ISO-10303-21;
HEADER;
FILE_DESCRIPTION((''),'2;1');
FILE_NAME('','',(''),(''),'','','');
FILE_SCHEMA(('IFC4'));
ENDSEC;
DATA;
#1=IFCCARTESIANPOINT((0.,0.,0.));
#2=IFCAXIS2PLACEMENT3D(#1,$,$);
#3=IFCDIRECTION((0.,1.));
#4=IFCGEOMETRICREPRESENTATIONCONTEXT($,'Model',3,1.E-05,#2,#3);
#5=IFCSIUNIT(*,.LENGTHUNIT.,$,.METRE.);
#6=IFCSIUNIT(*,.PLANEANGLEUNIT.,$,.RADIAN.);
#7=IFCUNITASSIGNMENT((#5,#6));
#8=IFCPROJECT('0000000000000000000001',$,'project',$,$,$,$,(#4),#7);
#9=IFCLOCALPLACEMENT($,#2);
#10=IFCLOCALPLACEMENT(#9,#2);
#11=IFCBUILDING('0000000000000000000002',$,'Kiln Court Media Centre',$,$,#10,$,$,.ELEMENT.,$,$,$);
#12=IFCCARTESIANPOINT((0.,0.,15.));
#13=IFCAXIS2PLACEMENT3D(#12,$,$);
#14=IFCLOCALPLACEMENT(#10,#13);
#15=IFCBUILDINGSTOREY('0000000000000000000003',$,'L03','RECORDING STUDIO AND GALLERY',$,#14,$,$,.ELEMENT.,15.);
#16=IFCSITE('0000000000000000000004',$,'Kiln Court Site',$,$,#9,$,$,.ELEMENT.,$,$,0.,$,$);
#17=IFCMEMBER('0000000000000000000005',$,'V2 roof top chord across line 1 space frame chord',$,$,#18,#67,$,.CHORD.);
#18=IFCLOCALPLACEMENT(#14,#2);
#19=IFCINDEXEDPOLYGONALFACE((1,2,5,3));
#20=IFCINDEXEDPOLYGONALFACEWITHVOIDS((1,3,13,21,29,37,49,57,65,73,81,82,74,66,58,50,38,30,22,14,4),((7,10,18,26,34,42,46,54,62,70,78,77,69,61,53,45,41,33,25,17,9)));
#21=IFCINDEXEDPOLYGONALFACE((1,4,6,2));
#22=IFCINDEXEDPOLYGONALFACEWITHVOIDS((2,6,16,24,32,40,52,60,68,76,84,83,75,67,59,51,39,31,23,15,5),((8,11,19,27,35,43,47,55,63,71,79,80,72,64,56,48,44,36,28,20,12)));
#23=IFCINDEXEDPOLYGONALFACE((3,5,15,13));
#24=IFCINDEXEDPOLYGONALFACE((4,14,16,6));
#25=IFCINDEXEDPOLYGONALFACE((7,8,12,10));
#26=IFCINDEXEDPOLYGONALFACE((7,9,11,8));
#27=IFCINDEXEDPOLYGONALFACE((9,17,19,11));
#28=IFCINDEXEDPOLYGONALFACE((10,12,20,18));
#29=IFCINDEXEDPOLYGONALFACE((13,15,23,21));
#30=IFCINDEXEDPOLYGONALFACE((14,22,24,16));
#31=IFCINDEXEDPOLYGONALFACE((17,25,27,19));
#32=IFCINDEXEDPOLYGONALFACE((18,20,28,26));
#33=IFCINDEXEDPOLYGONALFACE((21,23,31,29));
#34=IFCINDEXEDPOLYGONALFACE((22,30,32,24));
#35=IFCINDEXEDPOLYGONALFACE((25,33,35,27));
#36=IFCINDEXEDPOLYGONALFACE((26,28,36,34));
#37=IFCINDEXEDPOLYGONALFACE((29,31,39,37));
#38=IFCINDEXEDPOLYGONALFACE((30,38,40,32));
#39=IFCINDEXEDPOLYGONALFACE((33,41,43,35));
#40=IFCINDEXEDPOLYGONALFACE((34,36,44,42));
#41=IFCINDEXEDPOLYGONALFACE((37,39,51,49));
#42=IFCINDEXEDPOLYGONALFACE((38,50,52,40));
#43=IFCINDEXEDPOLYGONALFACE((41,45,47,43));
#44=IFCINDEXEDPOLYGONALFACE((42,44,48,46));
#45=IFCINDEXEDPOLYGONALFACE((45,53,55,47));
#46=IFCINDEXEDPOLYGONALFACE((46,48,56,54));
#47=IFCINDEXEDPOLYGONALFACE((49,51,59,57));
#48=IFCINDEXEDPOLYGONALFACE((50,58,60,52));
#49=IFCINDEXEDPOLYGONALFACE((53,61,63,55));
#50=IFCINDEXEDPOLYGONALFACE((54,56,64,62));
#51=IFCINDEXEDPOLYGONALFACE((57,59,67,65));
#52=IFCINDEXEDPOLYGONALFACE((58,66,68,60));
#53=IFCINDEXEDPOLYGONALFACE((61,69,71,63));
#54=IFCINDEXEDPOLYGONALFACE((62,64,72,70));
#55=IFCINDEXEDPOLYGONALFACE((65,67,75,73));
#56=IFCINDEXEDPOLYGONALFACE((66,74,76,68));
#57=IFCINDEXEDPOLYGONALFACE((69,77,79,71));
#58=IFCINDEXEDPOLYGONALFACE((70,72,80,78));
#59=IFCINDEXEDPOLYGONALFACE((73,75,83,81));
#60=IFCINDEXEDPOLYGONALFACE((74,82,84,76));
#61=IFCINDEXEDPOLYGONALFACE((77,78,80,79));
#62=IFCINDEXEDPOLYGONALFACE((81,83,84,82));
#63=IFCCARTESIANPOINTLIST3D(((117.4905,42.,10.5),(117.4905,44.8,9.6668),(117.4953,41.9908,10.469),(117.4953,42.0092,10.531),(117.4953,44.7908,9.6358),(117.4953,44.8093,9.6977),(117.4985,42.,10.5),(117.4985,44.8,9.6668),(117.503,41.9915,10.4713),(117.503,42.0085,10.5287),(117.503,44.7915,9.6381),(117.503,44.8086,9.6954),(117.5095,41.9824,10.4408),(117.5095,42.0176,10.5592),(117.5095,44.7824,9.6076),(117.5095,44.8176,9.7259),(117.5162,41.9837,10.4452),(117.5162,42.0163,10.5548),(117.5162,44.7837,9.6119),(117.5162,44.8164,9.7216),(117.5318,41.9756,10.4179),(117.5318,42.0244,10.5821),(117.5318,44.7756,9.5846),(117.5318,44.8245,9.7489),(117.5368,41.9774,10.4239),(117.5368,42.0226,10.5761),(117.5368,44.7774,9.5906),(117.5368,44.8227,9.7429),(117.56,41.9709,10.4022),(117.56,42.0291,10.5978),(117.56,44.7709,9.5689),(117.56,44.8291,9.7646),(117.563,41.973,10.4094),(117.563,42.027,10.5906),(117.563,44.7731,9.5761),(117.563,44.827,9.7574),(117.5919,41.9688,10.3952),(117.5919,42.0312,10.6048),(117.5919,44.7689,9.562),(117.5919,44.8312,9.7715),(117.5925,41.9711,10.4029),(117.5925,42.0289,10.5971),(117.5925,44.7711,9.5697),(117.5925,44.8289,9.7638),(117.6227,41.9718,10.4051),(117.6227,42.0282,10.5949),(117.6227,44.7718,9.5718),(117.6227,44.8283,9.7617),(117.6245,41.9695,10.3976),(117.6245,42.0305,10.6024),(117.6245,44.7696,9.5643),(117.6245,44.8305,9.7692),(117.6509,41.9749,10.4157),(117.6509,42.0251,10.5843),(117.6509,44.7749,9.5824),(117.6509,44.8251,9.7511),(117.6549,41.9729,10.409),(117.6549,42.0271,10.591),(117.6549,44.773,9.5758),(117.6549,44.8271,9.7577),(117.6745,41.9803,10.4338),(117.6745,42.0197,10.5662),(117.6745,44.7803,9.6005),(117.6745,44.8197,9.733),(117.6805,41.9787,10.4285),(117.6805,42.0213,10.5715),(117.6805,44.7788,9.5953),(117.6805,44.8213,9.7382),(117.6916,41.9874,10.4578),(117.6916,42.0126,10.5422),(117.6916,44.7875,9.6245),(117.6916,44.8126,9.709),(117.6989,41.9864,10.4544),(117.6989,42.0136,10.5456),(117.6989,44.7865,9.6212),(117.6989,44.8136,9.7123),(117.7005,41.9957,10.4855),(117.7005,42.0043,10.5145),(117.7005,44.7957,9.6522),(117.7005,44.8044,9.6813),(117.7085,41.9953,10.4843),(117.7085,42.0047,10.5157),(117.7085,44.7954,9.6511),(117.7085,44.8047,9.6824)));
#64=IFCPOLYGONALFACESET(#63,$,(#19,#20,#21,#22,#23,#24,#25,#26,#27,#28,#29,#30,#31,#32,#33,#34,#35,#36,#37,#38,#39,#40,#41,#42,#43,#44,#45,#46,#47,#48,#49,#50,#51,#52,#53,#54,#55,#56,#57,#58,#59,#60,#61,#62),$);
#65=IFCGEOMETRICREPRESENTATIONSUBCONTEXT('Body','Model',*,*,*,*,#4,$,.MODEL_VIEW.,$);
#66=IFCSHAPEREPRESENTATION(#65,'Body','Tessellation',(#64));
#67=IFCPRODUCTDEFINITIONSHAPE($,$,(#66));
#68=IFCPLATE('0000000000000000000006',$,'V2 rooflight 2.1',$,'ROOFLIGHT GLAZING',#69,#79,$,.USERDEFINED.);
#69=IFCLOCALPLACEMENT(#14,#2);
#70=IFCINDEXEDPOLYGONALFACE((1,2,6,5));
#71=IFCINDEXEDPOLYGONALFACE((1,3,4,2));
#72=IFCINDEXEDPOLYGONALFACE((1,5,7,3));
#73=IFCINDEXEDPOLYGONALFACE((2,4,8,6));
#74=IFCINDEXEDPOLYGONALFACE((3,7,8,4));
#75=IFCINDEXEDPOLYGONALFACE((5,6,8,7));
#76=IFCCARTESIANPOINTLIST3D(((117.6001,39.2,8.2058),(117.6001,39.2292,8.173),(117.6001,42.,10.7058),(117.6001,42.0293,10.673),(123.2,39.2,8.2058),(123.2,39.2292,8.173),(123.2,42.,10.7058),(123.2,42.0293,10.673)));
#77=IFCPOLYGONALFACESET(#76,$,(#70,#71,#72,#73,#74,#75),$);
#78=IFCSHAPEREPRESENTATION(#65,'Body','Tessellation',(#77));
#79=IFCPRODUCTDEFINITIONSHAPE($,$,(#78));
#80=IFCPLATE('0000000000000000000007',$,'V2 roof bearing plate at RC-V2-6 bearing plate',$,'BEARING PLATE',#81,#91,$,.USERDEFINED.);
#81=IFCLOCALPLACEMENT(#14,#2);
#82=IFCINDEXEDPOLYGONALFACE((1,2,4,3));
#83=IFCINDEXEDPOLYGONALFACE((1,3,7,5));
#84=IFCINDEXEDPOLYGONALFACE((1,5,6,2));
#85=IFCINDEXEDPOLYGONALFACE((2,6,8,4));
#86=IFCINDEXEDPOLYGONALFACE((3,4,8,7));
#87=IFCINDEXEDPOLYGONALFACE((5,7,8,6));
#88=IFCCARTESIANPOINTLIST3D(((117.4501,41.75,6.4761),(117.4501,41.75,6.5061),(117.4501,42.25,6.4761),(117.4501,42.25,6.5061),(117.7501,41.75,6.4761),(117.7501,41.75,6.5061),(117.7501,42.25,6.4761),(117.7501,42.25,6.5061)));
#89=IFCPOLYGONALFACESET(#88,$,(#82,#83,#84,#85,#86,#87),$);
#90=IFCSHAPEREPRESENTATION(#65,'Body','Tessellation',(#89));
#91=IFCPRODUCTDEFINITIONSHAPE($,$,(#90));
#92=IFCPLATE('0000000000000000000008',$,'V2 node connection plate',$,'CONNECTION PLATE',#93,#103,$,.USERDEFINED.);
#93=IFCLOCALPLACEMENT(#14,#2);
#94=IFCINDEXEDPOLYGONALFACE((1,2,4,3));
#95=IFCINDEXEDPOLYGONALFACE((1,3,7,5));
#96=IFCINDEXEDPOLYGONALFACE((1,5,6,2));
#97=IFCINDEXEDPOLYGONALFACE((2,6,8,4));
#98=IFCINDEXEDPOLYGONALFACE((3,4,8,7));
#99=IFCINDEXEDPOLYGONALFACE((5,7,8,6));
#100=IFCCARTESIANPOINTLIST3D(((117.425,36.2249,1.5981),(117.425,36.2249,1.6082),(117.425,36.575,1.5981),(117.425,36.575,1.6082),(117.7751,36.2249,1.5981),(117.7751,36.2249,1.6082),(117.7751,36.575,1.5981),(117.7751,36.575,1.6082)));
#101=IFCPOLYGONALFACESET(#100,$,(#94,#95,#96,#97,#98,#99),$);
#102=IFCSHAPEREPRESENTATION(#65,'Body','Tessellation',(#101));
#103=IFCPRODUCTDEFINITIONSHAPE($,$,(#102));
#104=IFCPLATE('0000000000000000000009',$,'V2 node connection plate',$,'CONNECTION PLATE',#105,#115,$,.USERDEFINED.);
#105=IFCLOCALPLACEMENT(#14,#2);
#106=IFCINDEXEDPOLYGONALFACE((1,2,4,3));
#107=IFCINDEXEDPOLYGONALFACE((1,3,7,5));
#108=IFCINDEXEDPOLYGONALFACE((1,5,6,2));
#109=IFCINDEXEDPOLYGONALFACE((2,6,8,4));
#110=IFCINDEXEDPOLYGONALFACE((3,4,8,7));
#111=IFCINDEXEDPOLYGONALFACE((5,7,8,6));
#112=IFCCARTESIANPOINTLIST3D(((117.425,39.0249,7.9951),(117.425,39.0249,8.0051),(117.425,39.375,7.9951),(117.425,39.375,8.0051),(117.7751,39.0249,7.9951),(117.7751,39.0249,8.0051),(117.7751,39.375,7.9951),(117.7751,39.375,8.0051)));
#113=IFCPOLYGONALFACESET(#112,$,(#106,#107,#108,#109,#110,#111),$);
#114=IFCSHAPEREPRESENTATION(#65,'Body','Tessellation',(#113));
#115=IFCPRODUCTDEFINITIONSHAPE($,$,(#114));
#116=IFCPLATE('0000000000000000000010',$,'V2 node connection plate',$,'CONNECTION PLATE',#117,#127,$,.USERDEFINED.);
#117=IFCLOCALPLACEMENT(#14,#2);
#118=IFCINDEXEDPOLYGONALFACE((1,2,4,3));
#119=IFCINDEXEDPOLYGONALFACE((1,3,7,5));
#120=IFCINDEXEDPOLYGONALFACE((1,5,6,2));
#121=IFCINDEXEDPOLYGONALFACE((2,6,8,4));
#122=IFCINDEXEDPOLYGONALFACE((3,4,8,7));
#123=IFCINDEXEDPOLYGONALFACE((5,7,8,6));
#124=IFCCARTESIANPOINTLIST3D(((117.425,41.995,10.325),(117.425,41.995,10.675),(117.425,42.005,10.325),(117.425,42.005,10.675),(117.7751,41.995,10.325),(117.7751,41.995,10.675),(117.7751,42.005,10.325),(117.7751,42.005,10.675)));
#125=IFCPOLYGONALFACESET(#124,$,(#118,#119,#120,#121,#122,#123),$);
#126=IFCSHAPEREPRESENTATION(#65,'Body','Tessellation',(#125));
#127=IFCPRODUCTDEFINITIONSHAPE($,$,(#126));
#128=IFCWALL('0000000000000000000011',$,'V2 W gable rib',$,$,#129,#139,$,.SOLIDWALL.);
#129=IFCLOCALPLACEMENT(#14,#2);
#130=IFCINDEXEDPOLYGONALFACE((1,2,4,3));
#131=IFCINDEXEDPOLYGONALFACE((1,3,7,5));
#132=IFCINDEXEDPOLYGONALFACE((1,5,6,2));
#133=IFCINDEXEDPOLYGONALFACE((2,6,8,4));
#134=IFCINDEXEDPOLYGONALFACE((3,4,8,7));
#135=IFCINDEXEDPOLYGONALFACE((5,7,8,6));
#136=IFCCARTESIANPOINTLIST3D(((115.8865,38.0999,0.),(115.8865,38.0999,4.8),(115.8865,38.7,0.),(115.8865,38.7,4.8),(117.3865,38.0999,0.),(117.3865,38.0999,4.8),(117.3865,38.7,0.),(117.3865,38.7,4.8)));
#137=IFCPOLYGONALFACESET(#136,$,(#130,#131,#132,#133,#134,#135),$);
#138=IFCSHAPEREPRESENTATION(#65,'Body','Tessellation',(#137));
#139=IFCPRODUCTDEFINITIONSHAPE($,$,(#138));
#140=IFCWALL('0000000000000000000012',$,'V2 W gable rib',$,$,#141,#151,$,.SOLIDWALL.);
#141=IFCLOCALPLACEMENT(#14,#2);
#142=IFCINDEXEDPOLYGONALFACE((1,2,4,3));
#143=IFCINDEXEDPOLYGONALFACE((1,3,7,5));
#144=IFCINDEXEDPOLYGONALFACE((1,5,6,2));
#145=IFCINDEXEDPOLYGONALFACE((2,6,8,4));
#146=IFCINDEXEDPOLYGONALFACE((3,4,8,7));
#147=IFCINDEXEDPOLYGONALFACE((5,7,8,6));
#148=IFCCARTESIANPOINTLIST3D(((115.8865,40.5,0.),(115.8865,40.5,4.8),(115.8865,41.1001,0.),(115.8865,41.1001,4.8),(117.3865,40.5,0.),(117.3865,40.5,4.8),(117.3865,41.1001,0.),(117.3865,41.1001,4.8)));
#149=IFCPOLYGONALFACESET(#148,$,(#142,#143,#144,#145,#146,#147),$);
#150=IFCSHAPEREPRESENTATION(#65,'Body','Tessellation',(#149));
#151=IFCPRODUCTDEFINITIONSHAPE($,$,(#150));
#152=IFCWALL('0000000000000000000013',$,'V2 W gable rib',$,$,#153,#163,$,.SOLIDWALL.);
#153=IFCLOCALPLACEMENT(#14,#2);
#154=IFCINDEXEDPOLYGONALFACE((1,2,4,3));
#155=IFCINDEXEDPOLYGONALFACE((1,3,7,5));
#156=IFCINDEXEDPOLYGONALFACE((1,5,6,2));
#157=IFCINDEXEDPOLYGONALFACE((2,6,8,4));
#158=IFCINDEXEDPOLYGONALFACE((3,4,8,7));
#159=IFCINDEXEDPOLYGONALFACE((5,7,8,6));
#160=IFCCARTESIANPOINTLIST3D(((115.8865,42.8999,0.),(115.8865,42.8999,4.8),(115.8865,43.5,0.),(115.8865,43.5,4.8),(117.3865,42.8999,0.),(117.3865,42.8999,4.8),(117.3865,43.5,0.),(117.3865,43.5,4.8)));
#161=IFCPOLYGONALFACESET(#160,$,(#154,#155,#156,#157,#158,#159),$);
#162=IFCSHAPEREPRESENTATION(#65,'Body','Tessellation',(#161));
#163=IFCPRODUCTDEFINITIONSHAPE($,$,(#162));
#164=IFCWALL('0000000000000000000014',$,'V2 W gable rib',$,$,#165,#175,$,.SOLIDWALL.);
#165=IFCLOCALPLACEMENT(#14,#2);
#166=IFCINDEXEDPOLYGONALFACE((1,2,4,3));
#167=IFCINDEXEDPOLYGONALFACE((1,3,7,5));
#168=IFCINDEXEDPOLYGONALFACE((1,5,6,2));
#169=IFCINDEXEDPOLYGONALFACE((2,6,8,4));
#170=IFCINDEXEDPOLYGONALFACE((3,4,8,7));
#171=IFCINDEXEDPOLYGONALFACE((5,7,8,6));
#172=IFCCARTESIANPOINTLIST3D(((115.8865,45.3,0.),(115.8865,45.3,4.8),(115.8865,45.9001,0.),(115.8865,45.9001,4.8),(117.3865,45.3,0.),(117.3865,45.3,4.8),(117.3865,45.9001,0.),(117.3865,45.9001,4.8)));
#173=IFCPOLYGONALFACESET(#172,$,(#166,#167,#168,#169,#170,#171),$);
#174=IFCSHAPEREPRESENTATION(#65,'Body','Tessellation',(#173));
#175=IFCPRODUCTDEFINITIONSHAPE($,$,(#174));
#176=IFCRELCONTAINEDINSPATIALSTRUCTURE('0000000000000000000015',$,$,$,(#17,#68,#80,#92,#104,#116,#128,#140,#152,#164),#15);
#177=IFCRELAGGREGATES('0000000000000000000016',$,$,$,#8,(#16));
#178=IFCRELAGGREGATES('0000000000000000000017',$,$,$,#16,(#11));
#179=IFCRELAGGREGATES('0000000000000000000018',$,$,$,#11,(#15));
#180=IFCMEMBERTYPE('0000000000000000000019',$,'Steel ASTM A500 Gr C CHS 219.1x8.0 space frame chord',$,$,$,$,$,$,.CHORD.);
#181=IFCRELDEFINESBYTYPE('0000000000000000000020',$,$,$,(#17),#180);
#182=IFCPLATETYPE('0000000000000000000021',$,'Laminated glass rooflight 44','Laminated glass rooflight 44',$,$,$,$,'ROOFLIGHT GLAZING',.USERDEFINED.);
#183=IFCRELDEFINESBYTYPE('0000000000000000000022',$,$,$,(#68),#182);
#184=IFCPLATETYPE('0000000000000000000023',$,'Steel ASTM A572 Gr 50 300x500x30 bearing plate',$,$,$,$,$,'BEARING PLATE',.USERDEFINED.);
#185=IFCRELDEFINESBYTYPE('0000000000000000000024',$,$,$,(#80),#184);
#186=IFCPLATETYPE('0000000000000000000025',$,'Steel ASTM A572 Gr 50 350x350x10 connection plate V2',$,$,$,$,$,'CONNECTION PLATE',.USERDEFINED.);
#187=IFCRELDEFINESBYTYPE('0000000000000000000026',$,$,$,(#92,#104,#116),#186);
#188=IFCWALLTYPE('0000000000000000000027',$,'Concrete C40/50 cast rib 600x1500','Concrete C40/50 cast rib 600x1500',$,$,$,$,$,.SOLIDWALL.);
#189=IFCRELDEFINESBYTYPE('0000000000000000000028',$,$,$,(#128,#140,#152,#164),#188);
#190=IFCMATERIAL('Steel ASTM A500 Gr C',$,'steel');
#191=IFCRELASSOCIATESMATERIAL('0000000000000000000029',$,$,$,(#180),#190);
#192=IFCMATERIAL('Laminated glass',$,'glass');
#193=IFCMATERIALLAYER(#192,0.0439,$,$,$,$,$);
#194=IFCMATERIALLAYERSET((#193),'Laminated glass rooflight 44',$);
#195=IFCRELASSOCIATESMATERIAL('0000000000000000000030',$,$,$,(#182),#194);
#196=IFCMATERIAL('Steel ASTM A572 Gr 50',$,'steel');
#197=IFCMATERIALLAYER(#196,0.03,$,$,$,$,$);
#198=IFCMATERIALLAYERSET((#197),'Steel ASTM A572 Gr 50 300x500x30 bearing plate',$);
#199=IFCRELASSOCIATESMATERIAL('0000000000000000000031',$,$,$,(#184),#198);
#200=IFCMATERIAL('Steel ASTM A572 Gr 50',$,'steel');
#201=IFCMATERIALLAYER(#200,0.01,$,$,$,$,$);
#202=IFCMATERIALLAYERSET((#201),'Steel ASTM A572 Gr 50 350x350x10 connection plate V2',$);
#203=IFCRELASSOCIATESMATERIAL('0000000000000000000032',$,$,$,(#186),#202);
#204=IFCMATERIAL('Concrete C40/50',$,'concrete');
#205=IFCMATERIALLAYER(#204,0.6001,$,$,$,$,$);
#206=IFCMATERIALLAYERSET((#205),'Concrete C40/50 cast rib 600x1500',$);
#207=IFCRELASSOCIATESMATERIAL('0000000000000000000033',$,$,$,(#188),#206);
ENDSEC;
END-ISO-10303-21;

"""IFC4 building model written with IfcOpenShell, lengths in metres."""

from ifc_helpers import new_model, si_unit, direction, frame, frame_2d, origin, origin_2d, place, context, subcontext, project, spatial, polyline, rectangle, hollow_circle, outline, extrude, material, layer, layer_set, material_profile, profile_set, type_object, element, save


model = new_model("IFC4")

# Units and contexts
model_context = context("Model", 3, precision=1e-05, world=origin(), true_north=direction((0.0, 1.0)))
body_context = subcontext(model_context, "Body", "Model", "MODEL_VIEW")
ifc_project = project(units=[si_unit("LENGTHUNIT", "METRE"), si_unit("PLANEANGLEUNIT", "RADIAN")], contexts=[model_context])

# Site, building, storey
site_placement = place(None, origin())
site = spatial("IfcSite", under=ifc_project, at=site_placement, Name="Kiln Court Site", CompositionType="ELEMENT", RefElevation=0.0)
building_placement = place(site_placement, origin())
building = spatial("IfcBuilding", under=site, at=building_placement, Name="Kiln Court Media Centre", CompositionType="ELEMENT")
storey_placement = place(building_placement, frame((0.0, 0.0, 15.0)))
storey = spatial("IfcBuildingStorey", under=building, at=storey_placement, Name="L03", Description="RECORDING STUDIO AND GALLERY", CompositionType="ELEMENT", Elevation=15.0)

# Member
ifc_material_1 = material(Name="Steel ASTM A500 Gr C", Category="steel")
ifc_material_profile_1 = material_profile(ifc_material_1, hollow_circle(Radius=0.1096, WallThickness=0.0081, at=origin_2d()), Name="CHS 219.1x8.0")
ifc_profile_set_1 = profile_set([ifc_material_profile_1], Name="Steel ASTM A500 Gr C")
member_type_1 = type_object("IfcMemberType", Name="Steel ASTM A500 Gr C CHS 219.1x8.0 space frame chord", PredefinedType="CHORD", material=ifc_profile_set_1)
member_1_placement = place(storey_placement, frame((117.6001, 42.0, 10.5), z_axis=(0.0, 0.958461, -0.285223), x_axis=(-1.0, 0.0, 0.0)))
element("IfcMember", 1, at=member_1_placement, inside=storey, type_object=member_type_1, Name="V2 roof top chord across line 1 space frame chord", PredefinedType="CHORD", context=body_context, shape_type="SweptSolid", body=[
    extrude(hollow_circle(Radius=0.1096, WallThickness=0.0081, at=origin_2d()), origin(), (0.0, 0.0, 1.0), 2.9214),
])

# Plates
ifc_material_2 = material(Name="Laminated glass", Category="glass")
ifc_layer_1 = layer(ifc_material_2, 0.0439)
ifc_layer_set_1 = layer_set([ifc_layer_1], Name="Laminated glass rooflight 44")
plate_type_1 = type_object("IfcPlateType", Name="Laminated glass rooflight 44", Description="Laminated glass rooflight 44", ElementType="ROOFLIGHT GLAZING", PredefinedType="USERDEFINED", material=ifc_layer_set_1)
plate_1_placement = place(storey_placement, frame((117.6001, 39.2, 8.2058), z_axis=(0.0, -0.666009, 0.745943), x_axis=(0.0, 0.745943, 0.666009)))
element("IfcPlate", 2, at=plate_1_placement, inside=storey, type_object=plate_type_1, Name="V2 rooflight 2.1", ObjectType="ROOFLIGHT GLAZING", PredefinedType="USERDEFINED", context=body_context, shape_type="SweptSolid", body=[
    extrude(outline(polyline([(0.0, 0.0), (3.7537, 0.0), (3.7537, -5.5999), (0.0, -5.5999), (0.0, 0.0)])), origin(), (0.0, 0.0, -1.0), 0.0439),
])
ifc_material_3 = material(Name="Steel ASTM A572 Gr 50", Category="steel")
ifc_layer_2 = layer(ifc_material_3, 0.03)
ifc_layer_set_2 = layer_set([ifc_layer_2], Name="Steel ASTM A572 Gr 50 300x500x30 bearing plate")
plate_type_2 = type_object("IfcPlateType", Name="Steel ASTM A572 Gr 50 300x500x30 bearing plate", ElementType="BEARING PLATE", PredefinedType="USERDEFINED", material=ifc_layer_set_2)
plate_2_placement = place(storey_placement, frame((117.6001, 42.0, 6.4761), z_axis=(0.0, 0.0, 1.0), x_axis=(1.0, 0.0, 0.0)))
element("IfcPlate", 3, at=plate_2_placement, inside=storey, type_object=plate_type_2, Name="V2 roof bearing plate at RC-V2-6 bearing plate", ObjectType="BEARING PLATE", PredefinedType="USERDEFINED", context=body_context, shape_type="SweptSolid", body=[
    extrude(rectangle(XDim=0.3, YDim=0.5, at=origin_2d()), origin(), (0.0, 0.0, 1.0), 0.03),
])
ifc_material_4 = material(Name="Steel ASTM A572 Gr 50", Category="steel")
ifc_layer_3 = layer(ifc_material_4, 0.01)
ifc_layer_set_3 = layer_set([ifc_layer_3], Name="Steel ASTM A572 Gr 50 350x350x10 connection plate V2")
plate_type_3 = type_object("IfcPlateType", Name="Steel ASTM A572 Gr 50 350x350x10 connection plate V2", ElementType="CONNECTION PLATE", PredefinedType="USERDEFINED", material=ifc_layer_set_3)
for number, where, z_axis, x_axis, name in (
    (4, (117.6001, 36.3999, 1.5981), (0.0, 0.0, 1.0), (1.0, 0.0, 0.0), "V2 node connection plate"),
    (5, (117.6001, 39.2, 7.9951), (0.0, 0.0, 1.0), (1.0, 0.0, 0.0), "V2 node connection plate"),
):
    element("IfcPlate", number, at=place(storey_placement, frame(where, z_axis=z_axis, x_axis=x_axis)), inside=storey, type_object=plate_type_3, Name=name, ObjectType="CONNECTION PLATE", PredefinedType="USERDEFINED", context=body_context, shape_type="SweptSolid", body=[
        extrude(rectangle(XDim=0.3501, YDim=0.3501, at=origin_2d()), origin(), (0.0, 0.0, 1.0), 0.01),
    ])
plate_3_placement = place(storey_placement, frame((117.6001, 42.0, 10.325), z_axis=(0.0, 0.0, 1.0), x_axis=(1.0, 0.0, 0.0)))
element("IfcPlate", 6, at=plate_3_placement, inside=storey, type_object=plate_type_3, Name="V2 node connection plate", ObjectType="CONNECTION PLATE", PredefinedType="USERDEFINED", context=body_context, shape_type="SweptSolid", body=[
    extrude(rectangle(XDim=0.3501, YDim=0.01, at=origin_2d()), origin(), (0.0, 0.0, 1.0), 0.3501),
])

# Walls
ifc_material_5 = material(Name="Concrete C40/50", Category="concrete")
ifc_layer_4 = layer(ifc_material_5, 0.6001)
ifc_layer_set_4 = layer_set([ifc_layer_4], Name="Concrete C40/50 cast rib 600x1500")
wall_type = type_object("IfcWallType", Name="Concrete C40/50 cast rib 600x1500", Description="Concrete C40/50 cast rib 600x1500", PredefinedType="SOLIDWALL", material=ifc_layer_set_4)
for number, where, z_axis, x_axis, name in (
    (7, (117.3865, 38.3999, 0.0), (0.0, 0.0, 1.0), (-1.0, 0.0, 0.0), "V2 W gable rib"),
    (8, (117.3865, 40.8, 0.0), (0.0, 0.0, 1.0), (-1.0, 0.0, 0.0), "V2 W gable rib"),
    (9, (117.3865, 43.2, 0.0), (0.0, 0.0, 1.0), (-1.0, 0.0, 0.0), "V2 W gable rib"),
    (10, (117.3865, 45.6001, 0.0), (0.0, 0.0, 1.0), (-1.0, 0.0, 0.0), "V2 W gable rib"),
):
    element("IfcWall", number, at=place(storey_placement, frame(where, z_axis=z_axis, x_axis=x_axis)), inside=storey, type_object=wall_type, Name=name, PredefinedType="SOLIDWALL", context=body_context, shape_type="SweptSolid", body=[
        extrude(rectangle(XDim=1.5, YDim=0.6001, at=frame_2d((0.75, 0.0))), origin(), (0.0, 0.0, 1.0), 4.8),
    ])

save(model, "model.ifc")
